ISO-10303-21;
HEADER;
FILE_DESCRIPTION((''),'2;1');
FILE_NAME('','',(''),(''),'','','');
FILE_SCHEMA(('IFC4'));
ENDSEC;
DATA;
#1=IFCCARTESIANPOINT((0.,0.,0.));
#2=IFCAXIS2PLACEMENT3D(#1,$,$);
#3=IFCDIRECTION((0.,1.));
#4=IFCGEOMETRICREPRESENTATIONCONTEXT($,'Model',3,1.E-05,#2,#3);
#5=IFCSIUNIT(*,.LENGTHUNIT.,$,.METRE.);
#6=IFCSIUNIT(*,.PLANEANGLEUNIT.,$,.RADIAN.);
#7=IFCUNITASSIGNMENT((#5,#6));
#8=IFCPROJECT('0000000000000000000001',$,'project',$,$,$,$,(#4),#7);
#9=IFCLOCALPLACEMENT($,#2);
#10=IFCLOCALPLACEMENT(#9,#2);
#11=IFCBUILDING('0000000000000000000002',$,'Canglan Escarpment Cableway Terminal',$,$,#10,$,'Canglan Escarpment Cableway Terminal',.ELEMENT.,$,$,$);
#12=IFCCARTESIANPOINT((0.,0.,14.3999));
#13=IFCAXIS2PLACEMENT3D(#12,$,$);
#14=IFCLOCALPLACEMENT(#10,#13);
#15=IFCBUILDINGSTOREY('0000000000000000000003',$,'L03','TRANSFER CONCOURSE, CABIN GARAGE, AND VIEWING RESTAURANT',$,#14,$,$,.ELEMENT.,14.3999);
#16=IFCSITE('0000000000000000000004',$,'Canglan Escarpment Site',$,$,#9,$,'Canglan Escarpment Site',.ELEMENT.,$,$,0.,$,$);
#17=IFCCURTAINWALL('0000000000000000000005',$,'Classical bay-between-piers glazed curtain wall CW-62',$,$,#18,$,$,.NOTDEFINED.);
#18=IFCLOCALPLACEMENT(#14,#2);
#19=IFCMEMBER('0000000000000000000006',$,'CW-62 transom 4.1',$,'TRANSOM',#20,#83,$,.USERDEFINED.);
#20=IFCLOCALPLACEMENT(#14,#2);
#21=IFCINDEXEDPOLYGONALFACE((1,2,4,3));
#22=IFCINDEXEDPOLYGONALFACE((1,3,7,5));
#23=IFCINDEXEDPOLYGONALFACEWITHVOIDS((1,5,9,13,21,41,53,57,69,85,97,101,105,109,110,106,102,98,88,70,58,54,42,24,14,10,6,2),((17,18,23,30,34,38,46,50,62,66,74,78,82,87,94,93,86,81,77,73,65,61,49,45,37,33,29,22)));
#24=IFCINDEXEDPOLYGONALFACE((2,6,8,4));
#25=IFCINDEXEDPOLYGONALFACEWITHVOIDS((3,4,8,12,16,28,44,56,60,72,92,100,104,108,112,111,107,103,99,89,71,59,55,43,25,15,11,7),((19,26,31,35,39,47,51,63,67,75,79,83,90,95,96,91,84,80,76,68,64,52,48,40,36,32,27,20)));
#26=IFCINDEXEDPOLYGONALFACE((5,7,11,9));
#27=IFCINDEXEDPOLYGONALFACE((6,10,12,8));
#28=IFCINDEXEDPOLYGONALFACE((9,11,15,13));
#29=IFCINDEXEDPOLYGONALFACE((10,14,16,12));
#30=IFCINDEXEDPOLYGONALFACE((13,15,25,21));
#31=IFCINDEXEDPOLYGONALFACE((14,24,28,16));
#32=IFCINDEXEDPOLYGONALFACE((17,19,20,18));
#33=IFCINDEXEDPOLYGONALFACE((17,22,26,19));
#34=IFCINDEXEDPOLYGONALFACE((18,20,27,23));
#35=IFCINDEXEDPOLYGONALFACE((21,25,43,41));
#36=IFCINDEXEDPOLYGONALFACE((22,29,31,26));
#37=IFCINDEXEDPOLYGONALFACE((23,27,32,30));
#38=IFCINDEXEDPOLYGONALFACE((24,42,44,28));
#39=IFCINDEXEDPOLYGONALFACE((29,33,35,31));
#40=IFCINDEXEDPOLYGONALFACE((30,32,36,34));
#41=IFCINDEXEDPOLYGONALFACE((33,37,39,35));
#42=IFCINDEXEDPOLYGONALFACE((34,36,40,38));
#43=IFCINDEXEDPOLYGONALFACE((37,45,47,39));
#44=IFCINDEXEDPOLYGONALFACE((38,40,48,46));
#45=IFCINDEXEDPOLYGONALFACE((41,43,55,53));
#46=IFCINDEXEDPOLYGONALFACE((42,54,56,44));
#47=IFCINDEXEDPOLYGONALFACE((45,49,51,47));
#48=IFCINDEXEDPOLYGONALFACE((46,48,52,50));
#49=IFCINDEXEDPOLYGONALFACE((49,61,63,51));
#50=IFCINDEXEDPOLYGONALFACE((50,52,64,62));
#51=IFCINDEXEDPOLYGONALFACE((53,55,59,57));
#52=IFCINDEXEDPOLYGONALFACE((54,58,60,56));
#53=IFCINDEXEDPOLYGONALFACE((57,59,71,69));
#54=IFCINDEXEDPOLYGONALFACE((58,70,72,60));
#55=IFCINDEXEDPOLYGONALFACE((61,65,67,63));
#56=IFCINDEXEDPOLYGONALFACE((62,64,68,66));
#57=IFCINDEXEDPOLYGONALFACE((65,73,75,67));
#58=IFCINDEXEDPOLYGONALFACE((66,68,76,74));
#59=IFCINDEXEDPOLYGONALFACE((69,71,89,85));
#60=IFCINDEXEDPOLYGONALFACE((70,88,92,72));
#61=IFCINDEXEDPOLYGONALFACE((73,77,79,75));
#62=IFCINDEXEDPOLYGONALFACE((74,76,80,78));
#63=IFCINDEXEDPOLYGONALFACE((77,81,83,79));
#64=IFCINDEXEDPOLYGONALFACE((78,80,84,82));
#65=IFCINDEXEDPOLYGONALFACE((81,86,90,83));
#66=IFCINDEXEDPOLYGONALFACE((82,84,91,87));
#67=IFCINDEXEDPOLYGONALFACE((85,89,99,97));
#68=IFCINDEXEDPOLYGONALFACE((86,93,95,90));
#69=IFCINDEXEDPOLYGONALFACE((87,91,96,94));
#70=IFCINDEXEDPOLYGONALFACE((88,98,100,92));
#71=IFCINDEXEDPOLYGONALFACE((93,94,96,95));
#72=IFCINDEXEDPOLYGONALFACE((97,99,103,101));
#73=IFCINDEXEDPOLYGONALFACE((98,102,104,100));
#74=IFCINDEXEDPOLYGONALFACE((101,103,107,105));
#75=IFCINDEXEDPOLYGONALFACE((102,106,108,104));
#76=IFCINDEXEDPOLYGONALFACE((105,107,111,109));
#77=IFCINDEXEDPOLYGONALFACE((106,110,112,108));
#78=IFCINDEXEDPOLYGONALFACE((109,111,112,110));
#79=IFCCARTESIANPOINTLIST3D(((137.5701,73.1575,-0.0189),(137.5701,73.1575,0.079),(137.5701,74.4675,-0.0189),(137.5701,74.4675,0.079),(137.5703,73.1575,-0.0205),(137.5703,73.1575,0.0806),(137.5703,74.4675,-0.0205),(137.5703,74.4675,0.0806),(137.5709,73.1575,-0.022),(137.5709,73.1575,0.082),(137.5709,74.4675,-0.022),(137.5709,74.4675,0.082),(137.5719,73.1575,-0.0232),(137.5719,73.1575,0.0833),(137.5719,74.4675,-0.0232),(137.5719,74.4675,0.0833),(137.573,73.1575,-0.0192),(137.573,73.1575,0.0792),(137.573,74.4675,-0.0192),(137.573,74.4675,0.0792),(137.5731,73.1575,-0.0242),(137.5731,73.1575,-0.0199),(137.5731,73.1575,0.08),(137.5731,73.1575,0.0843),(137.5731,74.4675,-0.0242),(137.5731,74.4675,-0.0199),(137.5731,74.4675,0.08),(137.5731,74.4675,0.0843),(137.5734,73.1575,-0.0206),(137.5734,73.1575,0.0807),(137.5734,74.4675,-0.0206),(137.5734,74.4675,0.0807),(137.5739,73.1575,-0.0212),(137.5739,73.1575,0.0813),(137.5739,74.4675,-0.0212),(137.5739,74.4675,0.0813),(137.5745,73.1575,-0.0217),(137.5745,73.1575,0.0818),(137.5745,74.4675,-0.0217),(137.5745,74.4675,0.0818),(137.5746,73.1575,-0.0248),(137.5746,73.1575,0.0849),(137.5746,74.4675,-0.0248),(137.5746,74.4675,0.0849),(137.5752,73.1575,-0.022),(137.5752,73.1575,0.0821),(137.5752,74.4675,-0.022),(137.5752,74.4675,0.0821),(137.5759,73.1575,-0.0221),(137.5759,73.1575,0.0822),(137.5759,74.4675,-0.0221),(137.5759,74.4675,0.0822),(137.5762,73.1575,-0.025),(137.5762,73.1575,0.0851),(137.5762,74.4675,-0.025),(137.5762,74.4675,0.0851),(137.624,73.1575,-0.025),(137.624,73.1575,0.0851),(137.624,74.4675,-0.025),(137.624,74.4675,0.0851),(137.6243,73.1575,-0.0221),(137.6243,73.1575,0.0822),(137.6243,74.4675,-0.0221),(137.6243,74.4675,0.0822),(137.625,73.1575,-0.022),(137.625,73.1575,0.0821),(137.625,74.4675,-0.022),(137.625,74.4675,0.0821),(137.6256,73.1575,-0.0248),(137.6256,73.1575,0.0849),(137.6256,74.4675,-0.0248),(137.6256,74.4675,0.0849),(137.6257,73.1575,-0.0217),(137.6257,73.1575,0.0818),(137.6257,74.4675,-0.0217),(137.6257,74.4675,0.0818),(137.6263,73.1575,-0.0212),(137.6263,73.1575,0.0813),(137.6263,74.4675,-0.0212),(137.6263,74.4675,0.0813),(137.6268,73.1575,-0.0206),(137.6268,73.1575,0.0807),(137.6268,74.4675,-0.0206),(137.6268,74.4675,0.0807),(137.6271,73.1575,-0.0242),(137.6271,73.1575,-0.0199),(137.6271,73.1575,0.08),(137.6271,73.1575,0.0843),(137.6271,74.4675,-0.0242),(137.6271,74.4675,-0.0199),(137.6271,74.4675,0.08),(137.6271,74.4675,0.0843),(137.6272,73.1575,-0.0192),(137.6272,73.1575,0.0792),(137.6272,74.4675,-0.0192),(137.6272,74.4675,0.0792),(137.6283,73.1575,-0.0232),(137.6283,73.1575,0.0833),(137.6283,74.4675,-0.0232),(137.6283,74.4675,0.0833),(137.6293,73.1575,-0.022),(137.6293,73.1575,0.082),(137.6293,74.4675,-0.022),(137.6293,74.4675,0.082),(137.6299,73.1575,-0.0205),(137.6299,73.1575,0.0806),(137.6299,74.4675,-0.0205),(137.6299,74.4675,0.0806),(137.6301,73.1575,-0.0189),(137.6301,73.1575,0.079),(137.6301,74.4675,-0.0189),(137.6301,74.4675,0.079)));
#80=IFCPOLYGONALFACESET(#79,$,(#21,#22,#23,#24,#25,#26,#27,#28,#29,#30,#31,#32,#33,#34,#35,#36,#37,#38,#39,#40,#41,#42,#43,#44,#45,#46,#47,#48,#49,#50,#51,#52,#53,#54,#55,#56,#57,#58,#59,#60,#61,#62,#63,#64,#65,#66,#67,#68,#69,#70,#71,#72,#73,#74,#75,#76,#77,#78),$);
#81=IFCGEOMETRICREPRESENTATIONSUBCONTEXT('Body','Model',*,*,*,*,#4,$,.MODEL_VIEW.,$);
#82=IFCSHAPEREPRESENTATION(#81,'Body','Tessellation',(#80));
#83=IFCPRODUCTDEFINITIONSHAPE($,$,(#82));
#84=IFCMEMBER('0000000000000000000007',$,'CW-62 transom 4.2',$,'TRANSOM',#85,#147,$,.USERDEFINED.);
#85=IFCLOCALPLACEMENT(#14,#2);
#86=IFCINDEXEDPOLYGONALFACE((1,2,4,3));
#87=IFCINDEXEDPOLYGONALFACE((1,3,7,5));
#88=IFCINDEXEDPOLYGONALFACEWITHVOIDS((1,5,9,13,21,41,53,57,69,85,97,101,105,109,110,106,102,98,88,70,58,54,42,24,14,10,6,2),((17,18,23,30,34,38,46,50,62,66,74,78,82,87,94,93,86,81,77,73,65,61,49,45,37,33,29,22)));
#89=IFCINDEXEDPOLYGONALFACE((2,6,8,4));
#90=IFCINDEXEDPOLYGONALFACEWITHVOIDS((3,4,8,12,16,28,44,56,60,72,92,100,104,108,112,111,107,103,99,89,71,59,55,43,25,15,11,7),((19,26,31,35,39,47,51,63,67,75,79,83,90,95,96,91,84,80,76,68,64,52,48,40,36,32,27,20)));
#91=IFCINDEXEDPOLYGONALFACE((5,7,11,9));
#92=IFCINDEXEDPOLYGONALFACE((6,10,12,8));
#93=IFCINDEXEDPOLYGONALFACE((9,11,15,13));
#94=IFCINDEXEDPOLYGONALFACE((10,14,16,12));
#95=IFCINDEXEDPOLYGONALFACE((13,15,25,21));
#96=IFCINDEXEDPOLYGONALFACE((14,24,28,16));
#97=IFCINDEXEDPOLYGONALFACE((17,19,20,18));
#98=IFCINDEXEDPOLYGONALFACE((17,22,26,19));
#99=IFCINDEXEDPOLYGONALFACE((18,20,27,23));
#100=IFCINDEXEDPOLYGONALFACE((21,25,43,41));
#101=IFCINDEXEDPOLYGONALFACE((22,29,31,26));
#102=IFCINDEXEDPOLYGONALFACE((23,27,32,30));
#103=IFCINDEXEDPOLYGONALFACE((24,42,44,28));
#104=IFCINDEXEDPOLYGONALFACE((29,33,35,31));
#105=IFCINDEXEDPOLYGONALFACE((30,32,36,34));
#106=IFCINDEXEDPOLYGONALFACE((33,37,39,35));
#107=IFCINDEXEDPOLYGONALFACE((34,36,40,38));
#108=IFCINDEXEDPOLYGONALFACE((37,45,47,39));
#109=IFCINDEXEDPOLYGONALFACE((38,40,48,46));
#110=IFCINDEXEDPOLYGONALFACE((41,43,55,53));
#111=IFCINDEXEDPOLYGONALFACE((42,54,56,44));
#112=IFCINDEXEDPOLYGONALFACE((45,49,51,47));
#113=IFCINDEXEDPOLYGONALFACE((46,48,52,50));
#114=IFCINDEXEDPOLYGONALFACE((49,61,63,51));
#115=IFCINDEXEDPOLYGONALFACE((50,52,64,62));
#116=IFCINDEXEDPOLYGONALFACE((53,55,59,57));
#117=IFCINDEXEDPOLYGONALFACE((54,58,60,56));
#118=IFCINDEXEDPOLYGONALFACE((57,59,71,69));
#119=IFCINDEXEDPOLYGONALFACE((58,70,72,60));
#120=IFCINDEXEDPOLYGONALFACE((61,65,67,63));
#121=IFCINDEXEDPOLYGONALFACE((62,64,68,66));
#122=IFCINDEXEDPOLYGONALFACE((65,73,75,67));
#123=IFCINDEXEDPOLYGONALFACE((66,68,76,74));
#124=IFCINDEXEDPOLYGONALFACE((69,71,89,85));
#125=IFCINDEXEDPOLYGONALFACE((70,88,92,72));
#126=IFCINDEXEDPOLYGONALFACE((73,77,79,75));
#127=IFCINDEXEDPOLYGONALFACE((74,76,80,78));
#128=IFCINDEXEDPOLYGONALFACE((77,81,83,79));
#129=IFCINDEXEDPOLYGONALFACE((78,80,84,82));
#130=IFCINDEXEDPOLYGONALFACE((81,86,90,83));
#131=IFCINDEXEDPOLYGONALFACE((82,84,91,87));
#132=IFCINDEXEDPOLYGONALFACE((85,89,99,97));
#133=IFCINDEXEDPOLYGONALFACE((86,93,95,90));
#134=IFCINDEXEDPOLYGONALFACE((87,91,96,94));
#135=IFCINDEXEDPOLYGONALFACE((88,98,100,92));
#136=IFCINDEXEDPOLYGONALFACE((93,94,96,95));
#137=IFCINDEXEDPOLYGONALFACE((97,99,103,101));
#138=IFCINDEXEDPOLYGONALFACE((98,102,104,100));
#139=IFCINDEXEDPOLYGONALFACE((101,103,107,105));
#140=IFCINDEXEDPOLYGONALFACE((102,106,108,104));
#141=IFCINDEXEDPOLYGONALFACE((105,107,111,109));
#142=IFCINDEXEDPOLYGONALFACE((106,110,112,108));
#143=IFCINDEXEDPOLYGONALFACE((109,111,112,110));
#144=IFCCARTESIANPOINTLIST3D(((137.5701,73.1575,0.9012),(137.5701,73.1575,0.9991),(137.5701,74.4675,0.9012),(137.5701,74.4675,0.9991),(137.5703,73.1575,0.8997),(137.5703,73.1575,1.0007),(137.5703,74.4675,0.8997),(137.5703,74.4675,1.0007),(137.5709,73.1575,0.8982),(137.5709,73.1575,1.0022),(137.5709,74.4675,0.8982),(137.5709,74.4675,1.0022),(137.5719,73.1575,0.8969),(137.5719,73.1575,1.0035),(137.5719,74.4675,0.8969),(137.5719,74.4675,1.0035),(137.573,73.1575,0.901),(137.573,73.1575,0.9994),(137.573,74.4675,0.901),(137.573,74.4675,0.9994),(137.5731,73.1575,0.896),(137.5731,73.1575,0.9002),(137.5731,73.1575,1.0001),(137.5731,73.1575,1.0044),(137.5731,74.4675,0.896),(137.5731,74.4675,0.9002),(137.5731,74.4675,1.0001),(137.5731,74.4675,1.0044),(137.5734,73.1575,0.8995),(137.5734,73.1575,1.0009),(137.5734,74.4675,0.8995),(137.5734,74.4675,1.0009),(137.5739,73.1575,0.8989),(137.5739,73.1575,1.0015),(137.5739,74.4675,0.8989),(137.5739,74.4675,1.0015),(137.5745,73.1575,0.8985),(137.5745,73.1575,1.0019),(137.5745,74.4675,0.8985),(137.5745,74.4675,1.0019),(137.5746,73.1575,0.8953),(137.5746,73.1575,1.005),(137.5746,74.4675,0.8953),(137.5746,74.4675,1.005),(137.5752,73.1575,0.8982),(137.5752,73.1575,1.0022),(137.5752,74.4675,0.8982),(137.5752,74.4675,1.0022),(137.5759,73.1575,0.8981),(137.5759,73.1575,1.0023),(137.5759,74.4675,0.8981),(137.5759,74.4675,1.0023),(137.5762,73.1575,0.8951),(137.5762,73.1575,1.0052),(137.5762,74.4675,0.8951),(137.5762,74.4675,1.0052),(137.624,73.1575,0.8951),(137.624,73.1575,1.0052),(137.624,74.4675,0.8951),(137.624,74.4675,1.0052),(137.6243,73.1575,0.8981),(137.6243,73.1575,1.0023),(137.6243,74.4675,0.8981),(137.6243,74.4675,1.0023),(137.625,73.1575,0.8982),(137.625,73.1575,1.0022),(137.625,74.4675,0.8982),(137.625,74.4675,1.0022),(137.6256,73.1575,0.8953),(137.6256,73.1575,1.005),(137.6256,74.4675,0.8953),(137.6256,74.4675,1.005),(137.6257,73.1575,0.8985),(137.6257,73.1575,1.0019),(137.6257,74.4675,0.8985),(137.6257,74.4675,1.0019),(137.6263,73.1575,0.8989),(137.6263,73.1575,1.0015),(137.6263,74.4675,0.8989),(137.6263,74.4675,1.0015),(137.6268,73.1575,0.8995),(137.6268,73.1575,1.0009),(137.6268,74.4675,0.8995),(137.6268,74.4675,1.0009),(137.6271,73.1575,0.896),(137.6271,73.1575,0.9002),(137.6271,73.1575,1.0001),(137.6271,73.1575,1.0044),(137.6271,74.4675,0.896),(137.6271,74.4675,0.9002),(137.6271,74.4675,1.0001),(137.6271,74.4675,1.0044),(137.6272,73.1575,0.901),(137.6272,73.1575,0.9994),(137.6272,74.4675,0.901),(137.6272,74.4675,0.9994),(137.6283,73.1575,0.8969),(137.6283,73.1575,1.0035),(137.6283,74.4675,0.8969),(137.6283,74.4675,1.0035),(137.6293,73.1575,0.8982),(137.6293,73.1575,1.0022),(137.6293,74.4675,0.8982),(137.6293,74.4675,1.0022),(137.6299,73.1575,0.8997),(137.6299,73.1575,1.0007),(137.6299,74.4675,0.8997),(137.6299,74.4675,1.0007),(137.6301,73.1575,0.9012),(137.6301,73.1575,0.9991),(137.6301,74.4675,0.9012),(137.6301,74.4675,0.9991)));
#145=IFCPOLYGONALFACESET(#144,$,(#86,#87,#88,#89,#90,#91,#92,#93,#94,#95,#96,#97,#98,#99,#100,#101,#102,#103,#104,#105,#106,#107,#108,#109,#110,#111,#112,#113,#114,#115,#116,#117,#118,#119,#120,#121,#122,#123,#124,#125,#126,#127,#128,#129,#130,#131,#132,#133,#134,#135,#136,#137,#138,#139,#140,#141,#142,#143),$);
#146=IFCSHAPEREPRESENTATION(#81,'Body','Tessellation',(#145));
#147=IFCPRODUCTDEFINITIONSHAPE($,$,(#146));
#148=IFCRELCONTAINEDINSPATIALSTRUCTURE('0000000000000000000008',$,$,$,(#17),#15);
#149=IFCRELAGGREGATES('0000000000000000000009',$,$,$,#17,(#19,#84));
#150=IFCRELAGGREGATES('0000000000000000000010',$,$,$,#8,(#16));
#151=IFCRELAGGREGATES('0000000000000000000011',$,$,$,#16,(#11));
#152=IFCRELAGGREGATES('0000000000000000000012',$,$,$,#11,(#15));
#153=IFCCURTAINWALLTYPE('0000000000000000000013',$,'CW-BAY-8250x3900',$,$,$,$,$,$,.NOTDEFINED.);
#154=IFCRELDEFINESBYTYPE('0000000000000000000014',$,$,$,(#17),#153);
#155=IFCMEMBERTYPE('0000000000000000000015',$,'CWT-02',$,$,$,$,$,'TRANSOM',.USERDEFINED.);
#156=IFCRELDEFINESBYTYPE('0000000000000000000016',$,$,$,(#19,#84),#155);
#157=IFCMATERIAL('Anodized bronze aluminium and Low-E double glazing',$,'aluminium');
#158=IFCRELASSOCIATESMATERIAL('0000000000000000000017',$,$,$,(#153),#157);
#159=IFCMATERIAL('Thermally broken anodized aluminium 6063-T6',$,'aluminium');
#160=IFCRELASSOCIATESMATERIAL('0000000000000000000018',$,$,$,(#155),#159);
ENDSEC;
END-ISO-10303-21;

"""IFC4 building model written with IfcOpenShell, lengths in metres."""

from ifc_helpers import new_model, si_unit, direction, frame, origin, origin_2d, place, context, subcontext, project, spatial, hollow_rectangle, extrude, material, material_profile, profile_set, type_object, element, aggregate, save


model = new_model("IFC4")

# Units and contexts
model_context = context("Model", 3, precision=1e-05, world=origin(), true_north=direction((0.0, 1.0)))
body_context = subcontext(model_context, "Body", "Model", "MODEL_VIEW")
ifc_project = project(units=[si_unit("LENGTHUNIT", "METRE"), si_unit("PLANEANGLEUNIT", "RADIAN")], contexts=[model_context])

# Site, building, storey
site_placement = place(None, origin())
site = spatial("IfcSite", under=ifc_project, at=site_placement, Name="Canglan Escarpment Site", LongName="Canglan Escarpment Site", CompositionType="ELEMENT", RefElevation=0.0)
building_placement = place(site_placement, origin())
building = spatial("IfcBuilding", under=site, at=building_placement, Name="Canglan Escarpment Cableway Terminal", LongName="Canglan Escarpment Cableway Terminal", CompositionType="ELEMENT")
storey_placement = place(building_placement, frame((0.0, 0.0, 14.3999)))
storey = spatial("IfcBuildingStorey", under=building, at=storey_placement, Name="L03", Description="TRANSFER CONCOURSE, CABIN GARAGE, AND VIEWING RESTAURANT", CompositionType="ELEMENT", Elevation=14.3999)

# Curtain wall, members
ifc_material_1 = material(Name="Anodized bronze aluminium and Low-E double glazing", Category="aluminium")
curtain_wall_type = type_object("IfcCurtainWallType", Name="CW-BAY-8250x3900", PredefinedType="NOTDEFINED", material=ifc_material_1)
curtain_wall_placement = place(storey_placement, origin())
curtain_wall = element("IfcCurtainWall", 1, at=curtain_wall_placement, inside=storey, type_object=curtain_wall_type, Name="Classical bay-between-piers glazed curtain wall CW-62", PredefinedType="NOTDEFINED")
ifc_material_2 = material(Name="Thermally broken anodized aluminium 6063-T6", Category="aluminium")
ifc_material_profile_1 = material_profile(ifc_material_2, hollow_rectangle(XDim=0.0601, YDim=0.1101, WallThickness=0.0029, InnerFilletRadius=0.0029, OuterFilletRadius=0.0061, at=origin_2d()), Name="ALU-TRAN 60x110x3")
ifc_profile_set_1 = profile_set([ifc_material_profile_1], Name="Thermally broken anodized aluminium 6063-T6")
member_type_1 = type_object("IfcMemberType", Name="CWT-02", ElementType="TRANSOM", PredefinedType="USERDEFINED", material=ifc_profile_set_1)
member_1_placement = place(storey_placement, frame((137.6001, 74.4675, 0.03), z_axis=(0.0, -1.0, 0.0), x_axis=(1.0, 0.0, 0.0)))
member_1 = element("IfcMember", 2, at=member_1_placement, type_object=member_type_1, Name="CW-62 transom 4.1", ObjectType="TRANSOM", PredefinedType="USERDEFINED", context=body_context, shape_type="SweptSolid", body=[
    extrude(hollow_rectangle(XDim=0.0601, YDim=0.1101, WallThickness=0.0029, InnerFilletRadius=0.0029, OuterFilletRadius=0.0061, at=origin_2d()), origin(), (0.0, 0.0, 1.0), 1.3101),
])
member_2_placement = place(storey_placement, frame((137.6001, 74.4675, 0.9502), z_axis=(0.0, -1.0, 0.0), x_axis=(1.0, 0.0, 0.0)))
member_2 = element("IfcMember", 3, at=member_2_placement, type_object=member_type_1, Name="CW-62 transom 4.2", ObjectType="TRANSOM", PredefinedType="USERDEFINED", context=body_context, shape_type="SweptSolid", body=[
    extrude(hollow_rectangle(XDim=0.0601, YDim=0.1101, WallThickness=0.0029, InnerFilletRadius=0.0029, OuterFilletRadius=0.0061, at=origin_2d()), origin(), (0.0, 0.0, 1.0), 1.3101),
])
aggregate(curtain_wall, [member_1, member_2])

save(model, "model.ifc")
